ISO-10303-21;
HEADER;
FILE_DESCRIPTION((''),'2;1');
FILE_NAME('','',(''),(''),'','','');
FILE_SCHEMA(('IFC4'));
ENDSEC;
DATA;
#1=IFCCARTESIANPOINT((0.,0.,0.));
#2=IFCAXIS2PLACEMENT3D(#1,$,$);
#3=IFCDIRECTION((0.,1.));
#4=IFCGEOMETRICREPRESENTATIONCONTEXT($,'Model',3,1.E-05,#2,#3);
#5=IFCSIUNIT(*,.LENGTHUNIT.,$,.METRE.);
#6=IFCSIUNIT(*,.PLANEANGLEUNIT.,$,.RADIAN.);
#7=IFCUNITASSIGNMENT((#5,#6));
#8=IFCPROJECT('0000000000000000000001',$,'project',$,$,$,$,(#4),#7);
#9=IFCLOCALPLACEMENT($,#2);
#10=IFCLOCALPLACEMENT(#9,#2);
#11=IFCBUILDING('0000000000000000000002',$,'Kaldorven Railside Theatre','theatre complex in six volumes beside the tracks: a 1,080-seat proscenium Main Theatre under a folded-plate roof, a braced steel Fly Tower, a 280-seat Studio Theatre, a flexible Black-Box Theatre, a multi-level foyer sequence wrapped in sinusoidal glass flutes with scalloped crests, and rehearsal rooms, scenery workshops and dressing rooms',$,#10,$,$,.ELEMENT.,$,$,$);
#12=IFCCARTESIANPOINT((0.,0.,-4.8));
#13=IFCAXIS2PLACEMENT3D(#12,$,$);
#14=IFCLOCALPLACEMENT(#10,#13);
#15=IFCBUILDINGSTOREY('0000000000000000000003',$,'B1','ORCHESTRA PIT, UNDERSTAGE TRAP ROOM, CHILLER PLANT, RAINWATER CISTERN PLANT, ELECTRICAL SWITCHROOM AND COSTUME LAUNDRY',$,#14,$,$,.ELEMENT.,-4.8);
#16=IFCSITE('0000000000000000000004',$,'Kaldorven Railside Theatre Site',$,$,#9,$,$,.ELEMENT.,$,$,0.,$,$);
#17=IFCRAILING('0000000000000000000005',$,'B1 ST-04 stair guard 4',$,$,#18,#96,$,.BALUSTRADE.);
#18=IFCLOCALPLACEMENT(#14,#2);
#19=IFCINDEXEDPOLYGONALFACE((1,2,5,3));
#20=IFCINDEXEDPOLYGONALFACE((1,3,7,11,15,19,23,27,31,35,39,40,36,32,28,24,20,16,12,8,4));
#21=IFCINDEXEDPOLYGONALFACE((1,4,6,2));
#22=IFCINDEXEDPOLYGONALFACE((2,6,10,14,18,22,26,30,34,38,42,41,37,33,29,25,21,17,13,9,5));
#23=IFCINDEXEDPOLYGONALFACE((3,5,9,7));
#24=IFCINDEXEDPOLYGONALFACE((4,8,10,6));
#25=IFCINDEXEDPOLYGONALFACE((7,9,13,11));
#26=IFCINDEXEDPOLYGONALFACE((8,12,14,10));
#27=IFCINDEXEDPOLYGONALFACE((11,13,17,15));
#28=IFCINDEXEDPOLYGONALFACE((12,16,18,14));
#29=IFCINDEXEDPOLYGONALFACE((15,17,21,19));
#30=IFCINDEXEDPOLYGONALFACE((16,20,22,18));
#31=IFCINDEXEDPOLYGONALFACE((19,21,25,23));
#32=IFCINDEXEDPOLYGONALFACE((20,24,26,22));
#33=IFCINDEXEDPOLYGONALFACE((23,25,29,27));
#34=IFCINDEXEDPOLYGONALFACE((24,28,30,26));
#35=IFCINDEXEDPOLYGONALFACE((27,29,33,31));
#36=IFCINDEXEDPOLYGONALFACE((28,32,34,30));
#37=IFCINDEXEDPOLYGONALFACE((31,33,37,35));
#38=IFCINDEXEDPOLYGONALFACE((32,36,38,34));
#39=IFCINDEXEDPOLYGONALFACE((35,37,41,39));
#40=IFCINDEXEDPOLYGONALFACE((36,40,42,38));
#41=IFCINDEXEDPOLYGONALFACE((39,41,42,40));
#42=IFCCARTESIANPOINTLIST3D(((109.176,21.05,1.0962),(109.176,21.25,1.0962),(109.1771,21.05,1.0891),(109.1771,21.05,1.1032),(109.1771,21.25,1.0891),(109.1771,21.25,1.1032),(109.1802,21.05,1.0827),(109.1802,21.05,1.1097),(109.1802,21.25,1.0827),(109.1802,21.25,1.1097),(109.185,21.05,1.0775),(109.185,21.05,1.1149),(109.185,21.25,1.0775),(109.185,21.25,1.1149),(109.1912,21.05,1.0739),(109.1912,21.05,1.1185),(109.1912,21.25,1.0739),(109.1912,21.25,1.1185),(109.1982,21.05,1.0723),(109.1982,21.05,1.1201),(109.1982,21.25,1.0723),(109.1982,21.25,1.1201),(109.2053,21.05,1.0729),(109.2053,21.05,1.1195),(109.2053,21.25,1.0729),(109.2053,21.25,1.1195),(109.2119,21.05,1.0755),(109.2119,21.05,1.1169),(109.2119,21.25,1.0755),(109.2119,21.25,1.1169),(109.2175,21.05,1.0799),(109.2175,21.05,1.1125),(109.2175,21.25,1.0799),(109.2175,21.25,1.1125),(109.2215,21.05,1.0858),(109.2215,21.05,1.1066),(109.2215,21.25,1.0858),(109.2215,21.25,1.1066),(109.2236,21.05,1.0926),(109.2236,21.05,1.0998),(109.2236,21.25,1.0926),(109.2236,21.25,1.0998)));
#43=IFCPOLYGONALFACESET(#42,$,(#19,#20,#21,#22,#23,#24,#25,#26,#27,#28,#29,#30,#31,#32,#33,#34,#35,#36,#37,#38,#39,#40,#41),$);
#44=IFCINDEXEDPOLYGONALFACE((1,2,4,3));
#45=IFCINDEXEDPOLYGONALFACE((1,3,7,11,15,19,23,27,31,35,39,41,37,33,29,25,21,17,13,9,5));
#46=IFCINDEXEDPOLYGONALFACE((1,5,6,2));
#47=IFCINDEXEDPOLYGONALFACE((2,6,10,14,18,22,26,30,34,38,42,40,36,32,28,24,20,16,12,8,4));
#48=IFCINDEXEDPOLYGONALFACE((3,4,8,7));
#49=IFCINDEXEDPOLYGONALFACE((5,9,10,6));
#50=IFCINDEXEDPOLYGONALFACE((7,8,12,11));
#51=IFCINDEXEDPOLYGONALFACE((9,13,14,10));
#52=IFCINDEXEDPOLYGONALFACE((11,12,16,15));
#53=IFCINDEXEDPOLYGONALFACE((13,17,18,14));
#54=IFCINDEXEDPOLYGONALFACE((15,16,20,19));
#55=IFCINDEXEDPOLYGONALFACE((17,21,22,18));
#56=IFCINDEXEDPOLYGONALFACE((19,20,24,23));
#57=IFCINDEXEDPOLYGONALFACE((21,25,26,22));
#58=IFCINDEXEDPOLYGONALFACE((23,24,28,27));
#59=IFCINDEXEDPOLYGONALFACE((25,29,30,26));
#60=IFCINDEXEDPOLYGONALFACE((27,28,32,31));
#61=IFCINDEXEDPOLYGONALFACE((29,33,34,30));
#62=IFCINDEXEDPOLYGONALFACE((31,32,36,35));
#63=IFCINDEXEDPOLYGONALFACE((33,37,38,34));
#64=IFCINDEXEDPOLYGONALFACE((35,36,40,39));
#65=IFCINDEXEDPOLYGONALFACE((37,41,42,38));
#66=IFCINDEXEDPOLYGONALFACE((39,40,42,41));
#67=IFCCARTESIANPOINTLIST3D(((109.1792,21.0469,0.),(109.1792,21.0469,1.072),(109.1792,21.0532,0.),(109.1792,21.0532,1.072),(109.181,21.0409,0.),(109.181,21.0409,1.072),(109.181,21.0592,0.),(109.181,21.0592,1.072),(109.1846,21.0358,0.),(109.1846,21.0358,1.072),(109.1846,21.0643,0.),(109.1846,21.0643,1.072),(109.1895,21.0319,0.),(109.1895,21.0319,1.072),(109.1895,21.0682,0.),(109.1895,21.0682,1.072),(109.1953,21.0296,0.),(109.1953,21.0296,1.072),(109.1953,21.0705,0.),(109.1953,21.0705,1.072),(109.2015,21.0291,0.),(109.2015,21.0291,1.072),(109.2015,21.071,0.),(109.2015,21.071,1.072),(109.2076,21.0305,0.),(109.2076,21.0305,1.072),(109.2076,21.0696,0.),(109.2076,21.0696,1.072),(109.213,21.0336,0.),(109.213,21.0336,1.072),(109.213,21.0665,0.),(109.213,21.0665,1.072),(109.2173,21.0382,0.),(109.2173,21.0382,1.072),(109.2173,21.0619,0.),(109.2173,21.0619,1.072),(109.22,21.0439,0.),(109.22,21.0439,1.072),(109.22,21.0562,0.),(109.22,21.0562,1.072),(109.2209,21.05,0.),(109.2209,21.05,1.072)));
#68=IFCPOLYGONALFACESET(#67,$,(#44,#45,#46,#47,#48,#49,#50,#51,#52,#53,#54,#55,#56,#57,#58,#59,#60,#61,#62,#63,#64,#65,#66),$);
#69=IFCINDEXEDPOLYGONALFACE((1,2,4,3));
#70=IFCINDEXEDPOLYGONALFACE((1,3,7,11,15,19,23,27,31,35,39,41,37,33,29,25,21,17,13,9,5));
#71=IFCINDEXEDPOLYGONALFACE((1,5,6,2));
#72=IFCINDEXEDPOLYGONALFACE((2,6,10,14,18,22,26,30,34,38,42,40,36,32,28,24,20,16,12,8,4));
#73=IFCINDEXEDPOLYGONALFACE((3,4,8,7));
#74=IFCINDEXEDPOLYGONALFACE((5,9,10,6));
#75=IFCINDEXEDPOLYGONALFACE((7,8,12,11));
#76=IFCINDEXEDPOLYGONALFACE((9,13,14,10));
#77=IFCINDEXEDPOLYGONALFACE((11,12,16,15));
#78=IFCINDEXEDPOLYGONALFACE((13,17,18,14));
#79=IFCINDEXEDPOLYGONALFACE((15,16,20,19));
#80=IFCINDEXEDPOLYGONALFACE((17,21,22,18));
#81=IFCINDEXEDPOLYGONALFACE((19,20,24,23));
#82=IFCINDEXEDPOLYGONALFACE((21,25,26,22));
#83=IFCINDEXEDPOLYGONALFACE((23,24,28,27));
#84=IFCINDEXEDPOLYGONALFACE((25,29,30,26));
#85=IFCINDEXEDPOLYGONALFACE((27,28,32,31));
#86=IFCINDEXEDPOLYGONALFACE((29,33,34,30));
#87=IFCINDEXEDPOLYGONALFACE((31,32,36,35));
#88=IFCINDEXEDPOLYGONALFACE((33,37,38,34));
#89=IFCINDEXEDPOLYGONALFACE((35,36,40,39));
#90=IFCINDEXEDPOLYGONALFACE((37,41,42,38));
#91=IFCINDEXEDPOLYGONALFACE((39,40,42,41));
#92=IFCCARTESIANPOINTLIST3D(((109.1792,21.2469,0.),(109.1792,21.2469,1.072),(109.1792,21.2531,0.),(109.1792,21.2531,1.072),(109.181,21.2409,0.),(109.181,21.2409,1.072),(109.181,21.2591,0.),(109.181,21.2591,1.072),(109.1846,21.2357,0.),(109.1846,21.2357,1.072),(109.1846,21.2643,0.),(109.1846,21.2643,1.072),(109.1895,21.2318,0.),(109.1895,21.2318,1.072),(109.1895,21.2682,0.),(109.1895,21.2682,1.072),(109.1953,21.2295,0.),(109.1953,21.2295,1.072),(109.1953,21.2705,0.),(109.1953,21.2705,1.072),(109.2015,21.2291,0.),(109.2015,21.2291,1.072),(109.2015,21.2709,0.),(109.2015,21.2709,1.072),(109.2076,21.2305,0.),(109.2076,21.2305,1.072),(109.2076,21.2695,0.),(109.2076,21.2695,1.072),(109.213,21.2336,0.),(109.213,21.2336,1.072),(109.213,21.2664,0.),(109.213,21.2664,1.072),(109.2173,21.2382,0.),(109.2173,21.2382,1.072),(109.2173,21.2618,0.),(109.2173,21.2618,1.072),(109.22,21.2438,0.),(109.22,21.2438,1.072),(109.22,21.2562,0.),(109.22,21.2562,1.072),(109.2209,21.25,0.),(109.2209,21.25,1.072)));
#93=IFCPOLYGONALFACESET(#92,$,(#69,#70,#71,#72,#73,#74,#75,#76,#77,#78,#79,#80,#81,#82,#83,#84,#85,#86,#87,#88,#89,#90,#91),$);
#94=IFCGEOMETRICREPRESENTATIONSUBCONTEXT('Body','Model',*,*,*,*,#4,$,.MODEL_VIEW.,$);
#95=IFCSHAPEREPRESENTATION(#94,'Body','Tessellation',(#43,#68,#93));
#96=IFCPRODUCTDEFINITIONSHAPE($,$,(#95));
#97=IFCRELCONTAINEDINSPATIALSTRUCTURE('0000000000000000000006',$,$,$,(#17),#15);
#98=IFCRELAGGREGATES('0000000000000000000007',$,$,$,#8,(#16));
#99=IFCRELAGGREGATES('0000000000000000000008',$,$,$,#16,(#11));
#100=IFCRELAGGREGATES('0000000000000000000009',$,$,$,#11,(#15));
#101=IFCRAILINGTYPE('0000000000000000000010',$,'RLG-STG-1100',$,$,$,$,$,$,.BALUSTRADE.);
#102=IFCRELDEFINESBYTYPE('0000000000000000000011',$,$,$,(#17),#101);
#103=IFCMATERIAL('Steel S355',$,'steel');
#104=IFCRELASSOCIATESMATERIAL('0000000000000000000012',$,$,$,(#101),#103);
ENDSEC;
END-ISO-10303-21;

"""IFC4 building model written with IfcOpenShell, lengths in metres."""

from ifc_helpers import new_model, si_unit, direction, frame, origin, origin_2d, place, context, subcontext, project, spatial, circle, extrude, material, type_object, element, save


model = new_model("IFC4")

# Units and contexts
model_context = context("Model", 3, precision=1e-05, world=origin(), true_north=direction((0.0, 1.0)))
body_context = subcontext(model_context, "Body", "Model", "MODEL_VIEW")
ifc_project = project(units=[si_unit("LENGTHUNIT", "METRE"), si_unit("PLANEANGLEUNIT", "RADIAN")], contexts=[model_context])

# Site, building, storey
site_placement = place(None, origin())
site = spatial("IfcSite", under=ifc_project, at=site_placement, Name="Kaldorven Railside Theatre Site", CompositionType="ELEMENT", RefElevation=0.0)
building_placement = place(site_placement, origin())
building = spatial("IfcBuilding", under=site, at=building_placement, Name="Kaldorven Railside Theatre", Description="theatre complex in six volumes beside the tracks: a 1,080-seat proscenium Main Theatre under a folded-plate roof, a braced steel Fly Tower, a 280-seat Studio Theatre, a flexible Black-Box Theatre, a multi-level foyer sequence wrapped in sinusoidal glass flutes with scalloped crests, and rehearsal rooms, scenery workshops and dressing rooms", CompositionType="ELEMENT")
storey_placement = place(building_placement, frame((0.0, 0.0, -4.8)))
storey = spatial("IfcBuildingStorey", under=building, at=storey_placement, Name="B1", Description="ORCHESTRA PIT, UNDERSTAGE TRAP ROOM, CHILLER PLANT, RAINWATER CISTERN PLANT, ELECTRICAL SWITCHROOM AND COSTUME LAUNDRY", CompositionType="ELEMENT", Elevation=-4.8)

# Railing
ifc_material_1 = material(Name="Steel S355", Category="steel")
railing_type_1 = type_object("IfcRailingType", Name="RLG-STG-1100", PredefinedType="BALUSTRADE", material=ifc_material_1)
railing_1_placement = place(storey_placement, frame((109.2, 21.05, 0.0)))
element("IfcRailing", 1, at=railing_1_placement, inside=storey, type_object=railing_type_1, Name="B1 ST-04 stair guard 4", PredefinedType="BALUSTRADE", context=body_context, shape_type="SweptSolid", body=[
    extrude(circle(Radius=0.0239, at=origin_2d()), frame((0.0, 0.0, 1.0962), z_axis=(0.0, 1.0, 0.0), x_axis=(-1.0, 0.0, 0.0)), (0.0, 0.0, 1.0), 0.2),
    extrude(circle(Radius=0.021, at=origin_2d()), origin(), (0.0, 0.0, 1.0), 1.072),
    extrude(circle(Radius=0.021, at=origin_2d()), frame((0.0, 0.2, 0.0)), (0.0, 0.0, 1.0), 1.072),
])

save(model, "model.ifc")
